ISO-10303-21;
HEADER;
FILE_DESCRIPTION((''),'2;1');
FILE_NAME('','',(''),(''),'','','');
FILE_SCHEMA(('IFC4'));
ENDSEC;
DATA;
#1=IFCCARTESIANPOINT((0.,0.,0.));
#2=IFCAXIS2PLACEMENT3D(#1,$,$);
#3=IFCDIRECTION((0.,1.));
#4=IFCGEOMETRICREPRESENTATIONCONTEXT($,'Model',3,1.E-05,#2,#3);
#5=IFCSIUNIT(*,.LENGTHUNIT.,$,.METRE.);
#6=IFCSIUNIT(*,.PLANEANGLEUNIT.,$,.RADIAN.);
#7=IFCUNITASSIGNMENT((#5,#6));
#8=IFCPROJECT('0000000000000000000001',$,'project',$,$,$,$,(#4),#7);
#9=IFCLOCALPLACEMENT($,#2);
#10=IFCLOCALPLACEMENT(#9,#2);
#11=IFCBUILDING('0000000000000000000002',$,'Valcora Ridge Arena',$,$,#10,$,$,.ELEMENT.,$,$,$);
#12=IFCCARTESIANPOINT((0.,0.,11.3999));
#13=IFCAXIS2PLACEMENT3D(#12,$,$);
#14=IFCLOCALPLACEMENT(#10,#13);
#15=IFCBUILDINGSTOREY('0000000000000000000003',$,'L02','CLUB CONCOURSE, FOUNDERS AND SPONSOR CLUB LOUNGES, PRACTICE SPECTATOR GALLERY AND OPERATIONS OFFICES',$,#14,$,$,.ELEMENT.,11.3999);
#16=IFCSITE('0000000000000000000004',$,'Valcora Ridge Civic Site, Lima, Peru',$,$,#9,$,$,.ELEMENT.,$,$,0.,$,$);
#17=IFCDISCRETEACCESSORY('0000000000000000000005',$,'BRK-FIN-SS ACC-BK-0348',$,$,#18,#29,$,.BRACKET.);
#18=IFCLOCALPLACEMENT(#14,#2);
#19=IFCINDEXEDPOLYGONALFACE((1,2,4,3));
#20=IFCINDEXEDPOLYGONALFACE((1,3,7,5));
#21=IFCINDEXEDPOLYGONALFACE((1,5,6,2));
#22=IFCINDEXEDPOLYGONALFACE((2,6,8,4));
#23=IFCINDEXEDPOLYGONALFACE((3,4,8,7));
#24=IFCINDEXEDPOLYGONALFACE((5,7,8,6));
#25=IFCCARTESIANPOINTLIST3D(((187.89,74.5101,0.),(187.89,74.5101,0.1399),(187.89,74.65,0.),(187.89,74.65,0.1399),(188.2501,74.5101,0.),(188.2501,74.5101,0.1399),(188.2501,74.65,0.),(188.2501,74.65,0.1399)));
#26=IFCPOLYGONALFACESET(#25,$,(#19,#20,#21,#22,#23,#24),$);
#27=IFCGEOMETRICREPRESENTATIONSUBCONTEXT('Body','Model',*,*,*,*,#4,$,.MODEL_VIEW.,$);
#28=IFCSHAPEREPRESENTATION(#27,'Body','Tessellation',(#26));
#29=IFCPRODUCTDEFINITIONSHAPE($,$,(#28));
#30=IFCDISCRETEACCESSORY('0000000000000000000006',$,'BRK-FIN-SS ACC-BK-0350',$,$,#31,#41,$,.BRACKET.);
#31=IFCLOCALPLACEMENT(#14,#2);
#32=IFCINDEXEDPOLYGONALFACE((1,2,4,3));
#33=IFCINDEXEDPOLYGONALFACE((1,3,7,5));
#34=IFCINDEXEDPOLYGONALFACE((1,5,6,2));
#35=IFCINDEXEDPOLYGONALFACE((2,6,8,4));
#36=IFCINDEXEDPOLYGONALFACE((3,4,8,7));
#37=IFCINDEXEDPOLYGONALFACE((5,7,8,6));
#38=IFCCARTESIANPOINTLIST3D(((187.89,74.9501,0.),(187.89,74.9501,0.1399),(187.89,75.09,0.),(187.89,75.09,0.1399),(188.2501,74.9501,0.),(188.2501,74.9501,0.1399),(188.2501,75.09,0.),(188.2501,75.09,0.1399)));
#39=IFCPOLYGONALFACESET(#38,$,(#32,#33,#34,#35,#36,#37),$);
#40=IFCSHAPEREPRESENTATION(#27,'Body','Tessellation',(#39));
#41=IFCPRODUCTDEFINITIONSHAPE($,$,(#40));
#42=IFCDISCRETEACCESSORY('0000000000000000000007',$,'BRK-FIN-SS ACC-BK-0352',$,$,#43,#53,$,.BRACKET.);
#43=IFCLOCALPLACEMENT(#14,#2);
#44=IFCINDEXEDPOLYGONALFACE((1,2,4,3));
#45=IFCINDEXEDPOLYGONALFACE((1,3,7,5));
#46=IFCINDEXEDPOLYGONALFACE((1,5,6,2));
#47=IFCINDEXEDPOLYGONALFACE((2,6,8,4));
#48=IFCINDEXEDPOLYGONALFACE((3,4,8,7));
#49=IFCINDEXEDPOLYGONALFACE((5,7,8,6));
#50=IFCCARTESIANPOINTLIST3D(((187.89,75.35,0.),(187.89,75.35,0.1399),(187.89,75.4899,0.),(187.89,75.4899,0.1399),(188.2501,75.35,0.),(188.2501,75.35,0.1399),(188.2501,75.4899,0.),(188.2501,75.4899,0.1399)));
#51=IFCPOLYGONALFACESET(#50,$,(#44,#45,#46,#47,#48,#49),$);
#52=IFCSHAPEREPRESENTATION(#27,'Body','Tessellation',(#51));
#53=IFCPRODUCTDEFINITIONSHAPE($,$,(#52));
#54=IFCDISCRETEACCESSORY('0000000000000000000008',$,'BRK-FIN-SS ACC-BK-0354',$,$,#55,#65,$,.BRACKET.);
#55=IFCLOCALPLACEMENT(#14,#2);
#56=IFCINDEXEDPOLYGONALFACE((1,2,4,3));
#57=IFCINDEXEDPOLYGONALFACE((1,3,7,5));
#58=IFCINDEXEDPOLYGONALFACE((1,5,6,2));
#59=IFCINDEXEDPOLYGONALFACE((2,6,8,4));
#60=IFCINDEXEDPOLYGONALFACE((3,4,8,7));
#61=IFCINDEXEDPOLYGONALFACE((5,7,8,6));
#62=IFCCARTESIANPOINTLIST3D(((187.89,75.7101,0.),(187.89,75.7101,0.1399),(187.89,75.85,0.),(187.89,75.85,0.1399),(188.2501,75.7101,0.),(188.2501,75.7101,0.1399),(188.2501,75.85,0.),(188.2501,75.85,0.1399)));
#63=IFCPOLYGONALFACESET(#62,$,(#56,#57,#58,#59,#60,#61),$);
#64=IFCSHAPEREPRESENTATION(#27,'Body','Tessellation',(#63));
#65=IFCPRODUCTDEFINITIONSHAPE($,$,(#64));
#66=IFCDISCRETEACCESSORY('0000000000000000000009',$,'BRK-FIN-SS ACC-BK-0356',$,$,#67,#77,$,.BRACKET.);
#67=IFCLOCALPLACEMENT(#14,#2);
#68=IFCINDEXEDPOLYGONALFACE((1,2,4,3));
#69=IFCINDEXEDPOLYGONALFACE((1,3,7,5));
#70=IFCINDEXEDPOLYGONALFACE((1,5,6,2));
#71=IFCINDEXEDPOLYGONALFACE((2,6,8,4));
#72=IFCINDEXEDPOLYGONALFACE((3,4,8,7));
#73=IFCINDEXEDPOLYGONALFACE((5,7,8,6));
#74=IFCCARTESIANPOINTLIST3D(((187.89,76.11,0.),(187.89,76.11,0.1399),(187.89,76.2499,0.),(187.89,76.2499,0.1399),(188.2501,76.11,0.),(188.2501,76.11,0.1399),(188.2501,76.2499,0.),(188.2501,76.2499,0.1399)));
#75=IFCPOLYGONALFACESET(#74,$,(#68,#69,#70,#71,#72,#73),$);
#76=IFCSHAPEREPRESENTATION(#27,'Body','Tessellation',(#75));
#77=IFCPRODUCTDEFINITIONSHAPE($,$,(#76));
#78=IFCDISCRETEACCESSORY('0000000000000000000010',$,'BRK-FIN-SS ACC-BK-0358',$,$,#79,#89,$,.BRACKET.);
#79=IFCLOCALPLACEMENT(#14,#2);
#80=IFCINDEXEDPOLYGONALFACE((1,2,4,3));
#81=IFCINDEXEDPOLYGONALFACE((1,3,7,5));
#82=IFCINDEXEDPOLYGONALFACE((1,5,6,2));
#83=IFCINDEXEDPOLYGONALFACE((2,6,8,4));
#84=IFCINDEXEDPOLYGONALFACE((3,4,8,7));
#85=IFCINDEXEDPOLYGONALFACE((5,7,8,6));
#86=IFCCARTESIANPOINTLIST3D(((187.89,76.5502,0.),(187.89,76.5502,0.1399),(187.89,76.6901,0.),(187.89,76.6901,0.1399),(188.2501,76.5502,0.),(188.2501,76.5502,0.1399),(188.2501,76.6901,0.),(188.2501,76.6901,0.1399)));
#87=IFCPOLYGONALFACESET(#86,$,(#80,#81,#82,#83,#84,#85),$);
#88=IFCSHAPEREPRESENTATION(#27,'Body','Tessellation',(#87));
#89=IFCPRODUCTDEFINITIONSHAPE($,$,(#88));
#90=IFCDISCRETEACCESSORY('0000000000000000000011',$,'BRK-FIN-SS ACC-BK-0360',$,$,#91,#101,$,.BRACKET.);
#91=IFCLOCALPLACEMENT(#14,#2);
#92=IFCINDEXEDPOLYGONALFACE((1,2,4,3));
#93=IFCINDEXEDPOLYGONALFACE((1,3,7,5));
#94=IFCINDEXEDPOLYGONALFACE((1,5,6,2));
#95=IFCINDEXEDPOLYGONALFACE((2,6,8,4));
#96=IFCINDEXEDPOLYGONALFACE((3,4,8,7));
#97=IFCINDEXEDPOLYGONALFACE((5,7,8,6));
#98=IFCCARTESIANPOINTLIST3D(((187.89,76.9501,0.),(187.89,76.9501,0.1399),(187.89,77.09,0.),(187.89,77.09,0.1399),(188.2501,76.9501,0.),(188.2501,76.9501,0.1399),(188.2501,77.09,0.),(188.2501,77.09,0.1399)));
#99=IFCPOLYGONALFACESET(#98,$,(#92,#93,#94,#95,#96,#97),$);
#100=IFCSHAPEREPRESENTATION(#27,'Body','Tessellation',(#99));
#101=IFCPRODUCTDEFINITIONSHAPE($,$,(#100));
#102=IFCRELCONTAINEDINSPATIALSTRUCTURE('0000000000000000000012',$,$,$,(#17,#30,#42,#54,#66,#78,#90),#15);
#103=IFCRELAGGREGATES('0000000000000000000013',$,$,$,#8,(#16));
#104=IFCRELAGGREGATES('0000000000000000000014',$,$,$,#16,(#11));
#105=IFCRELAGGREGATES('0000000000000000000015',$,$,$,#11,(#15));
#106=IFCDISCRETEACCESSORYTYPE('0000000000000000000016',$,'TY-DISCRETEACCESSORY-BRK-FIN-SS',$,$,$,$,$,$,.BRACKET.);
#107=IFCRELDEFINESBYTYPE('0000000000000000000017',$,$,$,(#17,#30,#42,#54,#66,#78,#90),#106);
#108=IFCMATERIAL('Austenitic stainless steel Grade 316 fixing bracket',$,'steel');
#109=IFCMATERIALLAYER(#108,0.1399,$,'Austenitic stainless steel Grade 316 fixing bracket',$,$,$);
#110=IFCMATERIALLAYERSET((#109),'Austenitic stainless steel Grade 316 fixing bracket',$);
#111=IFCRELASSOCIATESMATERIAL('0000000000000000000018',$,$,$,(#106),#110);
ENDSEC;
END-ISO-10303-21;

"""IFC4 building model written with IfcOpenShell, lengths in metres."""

from ifc_helpers import new_model, si_unit, direction, frame, origin, origin_2d, place, context, subcontext, project, spatial, rectangle, extrude, material, layer, layer_set, type_object, element, save


model = new_model("IFC4")

# Units and contexts
model_context = context("Model", 3, precision=1e-05, world=origin(), true_north=direction((0.0, 1.0)))
body_context = subcontext(model_context, "Body", "Model", "MODEL_VIEW")
ifc_project = project(units=[si_unit("LENGTHUNIT", "METRE"), si_unit("PLANEANGLEUNIT", "RADIAN")], contexts=[model_context])

# Site, building, storey
site_placement = place(None, origin())
site = spatial("IfcSite", under=ifc_project, at=site_placement, Name="Valcora Ridge Civic Site, Lima, Peru", CompositionType="ELEMENT", RefElevation=0.0)
building_placement = place(site_placement, origin())
building = spatial("IfcBuilding", under=site, at=building_placement, Name="Valcora Ridge Arena", CompositionType="ELEMENT")
storey_placement = place(building_placement, frame((0.0, 0.0, 11.3999)))
storey = spatial("IfcBuildingStorey", under=building, at=storey_placement, Name="L02", Description="CLUB CONCOURSE, FOUNDERS AND SPONSOR CLUB LOUNGES, PRACTICE SPECTATOR GALLERY AND OPERATIONS OFFICES", CompositionType="ELEMENT", Elevation=11.3999)

# Discrete accessories
ifc_material_1 = material(Name="Austenitic stainless steel Grade 316 fixing bracket", Category="steel")
ifc_layer = layer(ifc_material_1, 0.1399, Name="Austenitic stainless steel Grade 316 fixing bracket")
ifc_layer_set = layer_set([ifc_layer], Name="Austenitic stainless steel Grade 316 fixing bracket")
discrete_accessory_type = type_object("IfcDiscreteAccessoryType", Name="TY-DISCRETEACCESSORY-BRK-FIN-SS", PredefinedType="BRACKET", material=ifc_layer_set)
for number, where, z_axis, x_axis, name in (
    (1, (188.0701, 74.5801, 0.0), (0.0, 0.0, 1.0), (1.0, 0.0, 0.0), "BRK-FIN-SS ACC-BK-0348"),
    (2, (188.0701, 75.02, 0.0), (0.0, 0.0, 1.0), (1.0, 0.0, 0.0), "BRK-FIN-SS ACC-BK-0350"),
    (3, (188.0701, 75.4199, 0.0), (0.0, 0.0, 1.0), (1.0, 0.0, 0.0), "BRK-FIN-SS ACC-BK-0352"),
    (4, (188.0701, 75.78, 0.0), (0.0, 0.0, 1.0), (1.0, 0.0, 0.0), "BRK-FIN-SS ACC-BK-0354"),
    (5, (188.0701, 76.1799, 0.0), (0.0, 0.0, 1.0), (1.0, 0.0, 0.0), "BRK-FIN-SS ACC-BK-0356"),
    (6, (188.0701, 76.6201, 0.0), (0.0, 0.0, 1.0), (1.0, 0.0, 0.0), "BRK-FIN-SS ACC-BK-0358"),
    (7, (188.0701, 77.02, 0.0), (0.0, 0.0, 1.0), (1.0, 0.0, 0.0), "BRK-FIN-SS ACC-BK-0360"),
):
    element("IfcDiscreteAccessory", number, at=place(storey_placement, frame(where, z_axis=z_axis, x_axis=x_axis)), inside=storey, type_object=discrete_accessory_type, Name=name, PredefinedType="BRACKET", context=body_context, shape_type="SweptSolid", body=[
        extrude(rectangle(XDim=0.3601, YDim=0.1399, at=origin_2d()), origin(), (0.0, 0.0, 1.0), 0.1399),
    ])

save(model, "model.ifc")
